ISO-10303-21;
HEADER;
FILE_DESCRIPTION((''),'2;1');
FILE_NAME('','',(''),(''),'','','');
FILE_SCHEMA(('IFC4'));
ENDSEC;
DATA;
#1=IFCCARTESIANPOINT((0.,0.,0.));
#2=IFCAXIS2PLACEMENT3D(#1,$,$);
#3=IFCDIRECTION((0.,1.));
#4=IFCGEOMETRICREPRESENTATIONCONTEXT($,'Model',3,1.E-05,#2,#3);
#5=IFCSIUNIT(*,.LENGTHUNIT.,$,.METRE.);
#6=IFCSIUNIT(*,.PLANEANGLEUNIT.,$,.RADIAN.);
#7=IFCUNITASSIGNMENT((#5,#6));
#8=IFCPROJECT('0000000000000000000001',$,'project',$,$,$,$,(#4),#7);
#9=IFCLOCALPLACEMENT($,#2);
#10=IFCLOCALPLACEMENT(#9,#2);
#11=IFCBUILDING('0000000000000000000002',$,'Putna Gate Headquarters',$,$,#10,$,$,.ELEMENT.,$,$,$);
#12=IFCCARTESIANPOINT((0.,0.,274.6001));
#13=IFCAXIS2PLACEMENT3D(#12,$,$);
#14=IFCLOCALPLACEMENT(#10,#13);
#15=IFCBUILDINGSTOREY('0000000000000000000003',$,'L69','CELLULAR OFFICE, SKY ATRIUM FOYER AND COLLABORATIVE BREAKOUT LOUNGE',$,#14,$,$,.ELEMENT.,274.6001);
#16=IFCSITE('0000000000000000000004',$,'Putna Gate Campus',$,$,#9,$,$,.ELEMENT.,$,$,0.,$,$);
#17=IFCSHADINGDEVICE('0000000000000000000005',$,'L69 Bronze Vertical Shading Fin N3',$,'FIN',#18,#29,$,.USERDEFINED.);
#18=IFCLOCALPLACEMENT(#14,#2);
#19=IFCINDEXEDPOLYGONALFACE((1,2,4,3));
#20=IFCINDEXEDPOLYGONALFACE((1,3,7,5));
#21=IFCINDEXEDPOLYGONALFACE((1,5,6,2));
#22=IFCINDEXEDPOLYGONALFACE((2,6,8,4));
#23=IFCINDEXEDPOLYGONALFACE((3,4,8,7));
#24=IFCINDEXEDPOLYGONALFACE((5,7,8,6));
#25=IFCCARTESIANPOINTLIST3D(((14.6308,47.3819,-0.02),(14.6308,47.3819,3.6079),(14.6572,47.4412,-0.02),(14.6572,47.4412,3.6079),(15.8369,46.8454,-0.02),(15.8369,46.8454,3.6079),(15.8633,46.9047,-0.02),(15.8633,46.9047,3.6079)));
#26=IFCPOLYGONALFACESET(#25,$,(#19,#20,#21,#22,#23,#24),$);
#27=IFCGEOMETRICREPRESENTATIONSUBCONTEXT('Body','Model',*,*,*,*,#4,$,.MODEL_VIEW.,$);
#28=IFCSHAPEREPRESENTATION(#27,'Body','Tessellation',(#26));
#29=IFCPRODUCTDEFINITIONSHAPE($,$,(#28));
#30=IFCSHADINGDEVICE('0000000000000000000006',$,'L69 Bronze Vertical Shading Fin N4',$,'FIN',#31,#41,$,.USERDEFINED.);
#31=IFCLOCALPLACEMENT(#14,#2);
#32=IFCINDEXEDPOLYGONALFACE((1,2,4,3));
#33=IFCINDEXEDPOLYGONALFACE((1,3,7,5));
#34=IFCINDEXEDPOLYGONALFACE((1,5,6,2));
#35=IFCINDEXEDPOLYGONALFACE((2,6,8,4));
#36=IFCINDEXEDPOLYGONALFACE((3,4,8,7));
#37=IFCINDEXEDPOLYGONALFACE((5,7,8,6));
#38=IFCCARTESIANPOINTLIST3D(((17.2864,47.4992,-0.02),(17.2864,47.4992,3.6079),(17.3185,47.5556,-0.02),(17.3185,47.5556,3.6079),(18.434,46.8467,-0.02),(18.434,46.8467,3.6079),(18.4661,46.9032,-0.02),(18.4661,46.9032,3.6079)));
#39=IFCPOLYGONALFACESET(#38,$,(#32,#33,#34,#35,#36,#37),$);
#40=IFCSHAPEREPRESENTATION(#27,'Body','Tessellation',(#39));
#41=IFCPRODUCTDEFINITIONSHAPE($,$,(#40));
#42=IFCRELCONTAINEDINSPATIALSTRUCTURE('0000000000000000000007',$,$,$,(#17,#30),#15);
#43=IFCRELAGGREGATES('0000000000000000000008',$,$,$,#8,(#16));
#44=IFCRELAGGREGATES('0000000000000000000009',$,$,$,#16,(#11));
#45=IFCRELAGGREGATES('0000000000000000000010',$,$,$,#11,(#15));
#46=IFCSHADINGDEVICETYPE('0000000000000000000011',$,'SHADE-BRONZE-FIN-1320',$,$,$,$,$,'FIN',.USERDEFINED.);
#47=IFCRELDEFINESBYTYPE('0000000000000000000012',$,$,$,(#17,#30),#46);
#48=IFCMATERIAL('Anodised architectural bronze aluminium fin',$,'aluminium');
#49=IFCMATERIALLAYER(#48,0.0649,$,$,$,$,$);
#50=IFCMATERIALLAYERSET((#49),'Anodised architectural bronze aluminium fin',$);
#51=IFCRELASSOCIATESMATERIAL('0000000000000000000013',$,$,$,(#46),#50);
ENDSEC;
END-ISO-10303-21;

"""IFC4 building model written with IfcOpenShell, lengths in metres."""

from ifc_helpers import new_model, si_unit, direction, frame, origin, origin_2d, place, context, subcontext, project, spatial, rectangle, extrude, material, layer, layer_set, type_object, element, save


model = new_model("IFC4")

# Units and contexts
model_context = context("Model", 3, precision=1e-05, world=origin(), true_north=direction((0.0, 1.0)))
body_context = subcontext(model_context, "Body", "Model", "MODEL_VIEW")
ifc_project = project(units=[si_unit("LENGTHUNIT", "METRE"), si_unit("PLANEANGLEUNIT", "RADIAN")], contexts=[model_context])

# Site, building, storey
site_placement = place(None, origin())
site = spatial("IfcSite", under=ifc_project, at=site_placement, Name="Putna Gate Campus", CompositionType="ELEMENT", RefElevation=0.0)
building_placement = place(site_placement, origin())
building = spatial("IfcBuilding", under=site, at=building_placement, Name="Putna Gate Headquarters", CompositionType="ELEMENT")
storey_placement = place(building_placement, frame((0.0, 0.0, 274.6001)))
storey = spatial("IfcBuildingStorey", under=building, at=storey_placement, Name="L69", Description="CELLULAR OFFICE, SKY ATRIUM FOYER AND COLLABORATIVE BREAKOUT LOUNGE", CompositionType="ELEMENT", Elevation=274.6001)

# Shading devices
ifc_material_1 = material(Name="Anodised architectural bronze aluminium fin", Category="aluminium")
ifc_layer_1 = layer(ifc_material_1, 0.0649)
ifc_layer_set_1 = layer_set([ifc_layer_1], Name="Anodised architectural bronze aluminium fin")
shading_device_type = type_object("IfcShadingDeviceType", Name="SHADE-BRONZE-FIN-1320", ElementType="FIN", PredefinedType="USERDEFINED", material=ifc_layer_set_1)
for number, where, z_axis, x_axis, name in (
    (1, (15.2471, 47.1433, -0.02), (0.0, 0.0, 1.0), (-0.913687, 0.406418, 0.0), "L69 Bronze Vertical Shading Fin N3"),
    (2, (17.8762, 47.2012, -0.02), (0.0, 0.0, 1.0), (-0.869322, 0.494245, 0.0), "L69 Bronze Vertical Shading Fin N4"),
):
    element("IfcShadingDevice", number, at=place(storey_placement, frame(where, z_axis=z_axis, x_axis=x_axis)), inside=storey, type_object=shading_device_type, Name=name, ObjectType="FIN", PredefinedType="USERDEFINED", context=body_context, shape_type="SweptSolid", body=[
        extrude(rectangle(XDim=1.3201, YDim=0.0649, at=origin_2d()), origin(), (0.0, 0.0, 1.0), 3.6279),
    ])

save(model, "model.ifc")
